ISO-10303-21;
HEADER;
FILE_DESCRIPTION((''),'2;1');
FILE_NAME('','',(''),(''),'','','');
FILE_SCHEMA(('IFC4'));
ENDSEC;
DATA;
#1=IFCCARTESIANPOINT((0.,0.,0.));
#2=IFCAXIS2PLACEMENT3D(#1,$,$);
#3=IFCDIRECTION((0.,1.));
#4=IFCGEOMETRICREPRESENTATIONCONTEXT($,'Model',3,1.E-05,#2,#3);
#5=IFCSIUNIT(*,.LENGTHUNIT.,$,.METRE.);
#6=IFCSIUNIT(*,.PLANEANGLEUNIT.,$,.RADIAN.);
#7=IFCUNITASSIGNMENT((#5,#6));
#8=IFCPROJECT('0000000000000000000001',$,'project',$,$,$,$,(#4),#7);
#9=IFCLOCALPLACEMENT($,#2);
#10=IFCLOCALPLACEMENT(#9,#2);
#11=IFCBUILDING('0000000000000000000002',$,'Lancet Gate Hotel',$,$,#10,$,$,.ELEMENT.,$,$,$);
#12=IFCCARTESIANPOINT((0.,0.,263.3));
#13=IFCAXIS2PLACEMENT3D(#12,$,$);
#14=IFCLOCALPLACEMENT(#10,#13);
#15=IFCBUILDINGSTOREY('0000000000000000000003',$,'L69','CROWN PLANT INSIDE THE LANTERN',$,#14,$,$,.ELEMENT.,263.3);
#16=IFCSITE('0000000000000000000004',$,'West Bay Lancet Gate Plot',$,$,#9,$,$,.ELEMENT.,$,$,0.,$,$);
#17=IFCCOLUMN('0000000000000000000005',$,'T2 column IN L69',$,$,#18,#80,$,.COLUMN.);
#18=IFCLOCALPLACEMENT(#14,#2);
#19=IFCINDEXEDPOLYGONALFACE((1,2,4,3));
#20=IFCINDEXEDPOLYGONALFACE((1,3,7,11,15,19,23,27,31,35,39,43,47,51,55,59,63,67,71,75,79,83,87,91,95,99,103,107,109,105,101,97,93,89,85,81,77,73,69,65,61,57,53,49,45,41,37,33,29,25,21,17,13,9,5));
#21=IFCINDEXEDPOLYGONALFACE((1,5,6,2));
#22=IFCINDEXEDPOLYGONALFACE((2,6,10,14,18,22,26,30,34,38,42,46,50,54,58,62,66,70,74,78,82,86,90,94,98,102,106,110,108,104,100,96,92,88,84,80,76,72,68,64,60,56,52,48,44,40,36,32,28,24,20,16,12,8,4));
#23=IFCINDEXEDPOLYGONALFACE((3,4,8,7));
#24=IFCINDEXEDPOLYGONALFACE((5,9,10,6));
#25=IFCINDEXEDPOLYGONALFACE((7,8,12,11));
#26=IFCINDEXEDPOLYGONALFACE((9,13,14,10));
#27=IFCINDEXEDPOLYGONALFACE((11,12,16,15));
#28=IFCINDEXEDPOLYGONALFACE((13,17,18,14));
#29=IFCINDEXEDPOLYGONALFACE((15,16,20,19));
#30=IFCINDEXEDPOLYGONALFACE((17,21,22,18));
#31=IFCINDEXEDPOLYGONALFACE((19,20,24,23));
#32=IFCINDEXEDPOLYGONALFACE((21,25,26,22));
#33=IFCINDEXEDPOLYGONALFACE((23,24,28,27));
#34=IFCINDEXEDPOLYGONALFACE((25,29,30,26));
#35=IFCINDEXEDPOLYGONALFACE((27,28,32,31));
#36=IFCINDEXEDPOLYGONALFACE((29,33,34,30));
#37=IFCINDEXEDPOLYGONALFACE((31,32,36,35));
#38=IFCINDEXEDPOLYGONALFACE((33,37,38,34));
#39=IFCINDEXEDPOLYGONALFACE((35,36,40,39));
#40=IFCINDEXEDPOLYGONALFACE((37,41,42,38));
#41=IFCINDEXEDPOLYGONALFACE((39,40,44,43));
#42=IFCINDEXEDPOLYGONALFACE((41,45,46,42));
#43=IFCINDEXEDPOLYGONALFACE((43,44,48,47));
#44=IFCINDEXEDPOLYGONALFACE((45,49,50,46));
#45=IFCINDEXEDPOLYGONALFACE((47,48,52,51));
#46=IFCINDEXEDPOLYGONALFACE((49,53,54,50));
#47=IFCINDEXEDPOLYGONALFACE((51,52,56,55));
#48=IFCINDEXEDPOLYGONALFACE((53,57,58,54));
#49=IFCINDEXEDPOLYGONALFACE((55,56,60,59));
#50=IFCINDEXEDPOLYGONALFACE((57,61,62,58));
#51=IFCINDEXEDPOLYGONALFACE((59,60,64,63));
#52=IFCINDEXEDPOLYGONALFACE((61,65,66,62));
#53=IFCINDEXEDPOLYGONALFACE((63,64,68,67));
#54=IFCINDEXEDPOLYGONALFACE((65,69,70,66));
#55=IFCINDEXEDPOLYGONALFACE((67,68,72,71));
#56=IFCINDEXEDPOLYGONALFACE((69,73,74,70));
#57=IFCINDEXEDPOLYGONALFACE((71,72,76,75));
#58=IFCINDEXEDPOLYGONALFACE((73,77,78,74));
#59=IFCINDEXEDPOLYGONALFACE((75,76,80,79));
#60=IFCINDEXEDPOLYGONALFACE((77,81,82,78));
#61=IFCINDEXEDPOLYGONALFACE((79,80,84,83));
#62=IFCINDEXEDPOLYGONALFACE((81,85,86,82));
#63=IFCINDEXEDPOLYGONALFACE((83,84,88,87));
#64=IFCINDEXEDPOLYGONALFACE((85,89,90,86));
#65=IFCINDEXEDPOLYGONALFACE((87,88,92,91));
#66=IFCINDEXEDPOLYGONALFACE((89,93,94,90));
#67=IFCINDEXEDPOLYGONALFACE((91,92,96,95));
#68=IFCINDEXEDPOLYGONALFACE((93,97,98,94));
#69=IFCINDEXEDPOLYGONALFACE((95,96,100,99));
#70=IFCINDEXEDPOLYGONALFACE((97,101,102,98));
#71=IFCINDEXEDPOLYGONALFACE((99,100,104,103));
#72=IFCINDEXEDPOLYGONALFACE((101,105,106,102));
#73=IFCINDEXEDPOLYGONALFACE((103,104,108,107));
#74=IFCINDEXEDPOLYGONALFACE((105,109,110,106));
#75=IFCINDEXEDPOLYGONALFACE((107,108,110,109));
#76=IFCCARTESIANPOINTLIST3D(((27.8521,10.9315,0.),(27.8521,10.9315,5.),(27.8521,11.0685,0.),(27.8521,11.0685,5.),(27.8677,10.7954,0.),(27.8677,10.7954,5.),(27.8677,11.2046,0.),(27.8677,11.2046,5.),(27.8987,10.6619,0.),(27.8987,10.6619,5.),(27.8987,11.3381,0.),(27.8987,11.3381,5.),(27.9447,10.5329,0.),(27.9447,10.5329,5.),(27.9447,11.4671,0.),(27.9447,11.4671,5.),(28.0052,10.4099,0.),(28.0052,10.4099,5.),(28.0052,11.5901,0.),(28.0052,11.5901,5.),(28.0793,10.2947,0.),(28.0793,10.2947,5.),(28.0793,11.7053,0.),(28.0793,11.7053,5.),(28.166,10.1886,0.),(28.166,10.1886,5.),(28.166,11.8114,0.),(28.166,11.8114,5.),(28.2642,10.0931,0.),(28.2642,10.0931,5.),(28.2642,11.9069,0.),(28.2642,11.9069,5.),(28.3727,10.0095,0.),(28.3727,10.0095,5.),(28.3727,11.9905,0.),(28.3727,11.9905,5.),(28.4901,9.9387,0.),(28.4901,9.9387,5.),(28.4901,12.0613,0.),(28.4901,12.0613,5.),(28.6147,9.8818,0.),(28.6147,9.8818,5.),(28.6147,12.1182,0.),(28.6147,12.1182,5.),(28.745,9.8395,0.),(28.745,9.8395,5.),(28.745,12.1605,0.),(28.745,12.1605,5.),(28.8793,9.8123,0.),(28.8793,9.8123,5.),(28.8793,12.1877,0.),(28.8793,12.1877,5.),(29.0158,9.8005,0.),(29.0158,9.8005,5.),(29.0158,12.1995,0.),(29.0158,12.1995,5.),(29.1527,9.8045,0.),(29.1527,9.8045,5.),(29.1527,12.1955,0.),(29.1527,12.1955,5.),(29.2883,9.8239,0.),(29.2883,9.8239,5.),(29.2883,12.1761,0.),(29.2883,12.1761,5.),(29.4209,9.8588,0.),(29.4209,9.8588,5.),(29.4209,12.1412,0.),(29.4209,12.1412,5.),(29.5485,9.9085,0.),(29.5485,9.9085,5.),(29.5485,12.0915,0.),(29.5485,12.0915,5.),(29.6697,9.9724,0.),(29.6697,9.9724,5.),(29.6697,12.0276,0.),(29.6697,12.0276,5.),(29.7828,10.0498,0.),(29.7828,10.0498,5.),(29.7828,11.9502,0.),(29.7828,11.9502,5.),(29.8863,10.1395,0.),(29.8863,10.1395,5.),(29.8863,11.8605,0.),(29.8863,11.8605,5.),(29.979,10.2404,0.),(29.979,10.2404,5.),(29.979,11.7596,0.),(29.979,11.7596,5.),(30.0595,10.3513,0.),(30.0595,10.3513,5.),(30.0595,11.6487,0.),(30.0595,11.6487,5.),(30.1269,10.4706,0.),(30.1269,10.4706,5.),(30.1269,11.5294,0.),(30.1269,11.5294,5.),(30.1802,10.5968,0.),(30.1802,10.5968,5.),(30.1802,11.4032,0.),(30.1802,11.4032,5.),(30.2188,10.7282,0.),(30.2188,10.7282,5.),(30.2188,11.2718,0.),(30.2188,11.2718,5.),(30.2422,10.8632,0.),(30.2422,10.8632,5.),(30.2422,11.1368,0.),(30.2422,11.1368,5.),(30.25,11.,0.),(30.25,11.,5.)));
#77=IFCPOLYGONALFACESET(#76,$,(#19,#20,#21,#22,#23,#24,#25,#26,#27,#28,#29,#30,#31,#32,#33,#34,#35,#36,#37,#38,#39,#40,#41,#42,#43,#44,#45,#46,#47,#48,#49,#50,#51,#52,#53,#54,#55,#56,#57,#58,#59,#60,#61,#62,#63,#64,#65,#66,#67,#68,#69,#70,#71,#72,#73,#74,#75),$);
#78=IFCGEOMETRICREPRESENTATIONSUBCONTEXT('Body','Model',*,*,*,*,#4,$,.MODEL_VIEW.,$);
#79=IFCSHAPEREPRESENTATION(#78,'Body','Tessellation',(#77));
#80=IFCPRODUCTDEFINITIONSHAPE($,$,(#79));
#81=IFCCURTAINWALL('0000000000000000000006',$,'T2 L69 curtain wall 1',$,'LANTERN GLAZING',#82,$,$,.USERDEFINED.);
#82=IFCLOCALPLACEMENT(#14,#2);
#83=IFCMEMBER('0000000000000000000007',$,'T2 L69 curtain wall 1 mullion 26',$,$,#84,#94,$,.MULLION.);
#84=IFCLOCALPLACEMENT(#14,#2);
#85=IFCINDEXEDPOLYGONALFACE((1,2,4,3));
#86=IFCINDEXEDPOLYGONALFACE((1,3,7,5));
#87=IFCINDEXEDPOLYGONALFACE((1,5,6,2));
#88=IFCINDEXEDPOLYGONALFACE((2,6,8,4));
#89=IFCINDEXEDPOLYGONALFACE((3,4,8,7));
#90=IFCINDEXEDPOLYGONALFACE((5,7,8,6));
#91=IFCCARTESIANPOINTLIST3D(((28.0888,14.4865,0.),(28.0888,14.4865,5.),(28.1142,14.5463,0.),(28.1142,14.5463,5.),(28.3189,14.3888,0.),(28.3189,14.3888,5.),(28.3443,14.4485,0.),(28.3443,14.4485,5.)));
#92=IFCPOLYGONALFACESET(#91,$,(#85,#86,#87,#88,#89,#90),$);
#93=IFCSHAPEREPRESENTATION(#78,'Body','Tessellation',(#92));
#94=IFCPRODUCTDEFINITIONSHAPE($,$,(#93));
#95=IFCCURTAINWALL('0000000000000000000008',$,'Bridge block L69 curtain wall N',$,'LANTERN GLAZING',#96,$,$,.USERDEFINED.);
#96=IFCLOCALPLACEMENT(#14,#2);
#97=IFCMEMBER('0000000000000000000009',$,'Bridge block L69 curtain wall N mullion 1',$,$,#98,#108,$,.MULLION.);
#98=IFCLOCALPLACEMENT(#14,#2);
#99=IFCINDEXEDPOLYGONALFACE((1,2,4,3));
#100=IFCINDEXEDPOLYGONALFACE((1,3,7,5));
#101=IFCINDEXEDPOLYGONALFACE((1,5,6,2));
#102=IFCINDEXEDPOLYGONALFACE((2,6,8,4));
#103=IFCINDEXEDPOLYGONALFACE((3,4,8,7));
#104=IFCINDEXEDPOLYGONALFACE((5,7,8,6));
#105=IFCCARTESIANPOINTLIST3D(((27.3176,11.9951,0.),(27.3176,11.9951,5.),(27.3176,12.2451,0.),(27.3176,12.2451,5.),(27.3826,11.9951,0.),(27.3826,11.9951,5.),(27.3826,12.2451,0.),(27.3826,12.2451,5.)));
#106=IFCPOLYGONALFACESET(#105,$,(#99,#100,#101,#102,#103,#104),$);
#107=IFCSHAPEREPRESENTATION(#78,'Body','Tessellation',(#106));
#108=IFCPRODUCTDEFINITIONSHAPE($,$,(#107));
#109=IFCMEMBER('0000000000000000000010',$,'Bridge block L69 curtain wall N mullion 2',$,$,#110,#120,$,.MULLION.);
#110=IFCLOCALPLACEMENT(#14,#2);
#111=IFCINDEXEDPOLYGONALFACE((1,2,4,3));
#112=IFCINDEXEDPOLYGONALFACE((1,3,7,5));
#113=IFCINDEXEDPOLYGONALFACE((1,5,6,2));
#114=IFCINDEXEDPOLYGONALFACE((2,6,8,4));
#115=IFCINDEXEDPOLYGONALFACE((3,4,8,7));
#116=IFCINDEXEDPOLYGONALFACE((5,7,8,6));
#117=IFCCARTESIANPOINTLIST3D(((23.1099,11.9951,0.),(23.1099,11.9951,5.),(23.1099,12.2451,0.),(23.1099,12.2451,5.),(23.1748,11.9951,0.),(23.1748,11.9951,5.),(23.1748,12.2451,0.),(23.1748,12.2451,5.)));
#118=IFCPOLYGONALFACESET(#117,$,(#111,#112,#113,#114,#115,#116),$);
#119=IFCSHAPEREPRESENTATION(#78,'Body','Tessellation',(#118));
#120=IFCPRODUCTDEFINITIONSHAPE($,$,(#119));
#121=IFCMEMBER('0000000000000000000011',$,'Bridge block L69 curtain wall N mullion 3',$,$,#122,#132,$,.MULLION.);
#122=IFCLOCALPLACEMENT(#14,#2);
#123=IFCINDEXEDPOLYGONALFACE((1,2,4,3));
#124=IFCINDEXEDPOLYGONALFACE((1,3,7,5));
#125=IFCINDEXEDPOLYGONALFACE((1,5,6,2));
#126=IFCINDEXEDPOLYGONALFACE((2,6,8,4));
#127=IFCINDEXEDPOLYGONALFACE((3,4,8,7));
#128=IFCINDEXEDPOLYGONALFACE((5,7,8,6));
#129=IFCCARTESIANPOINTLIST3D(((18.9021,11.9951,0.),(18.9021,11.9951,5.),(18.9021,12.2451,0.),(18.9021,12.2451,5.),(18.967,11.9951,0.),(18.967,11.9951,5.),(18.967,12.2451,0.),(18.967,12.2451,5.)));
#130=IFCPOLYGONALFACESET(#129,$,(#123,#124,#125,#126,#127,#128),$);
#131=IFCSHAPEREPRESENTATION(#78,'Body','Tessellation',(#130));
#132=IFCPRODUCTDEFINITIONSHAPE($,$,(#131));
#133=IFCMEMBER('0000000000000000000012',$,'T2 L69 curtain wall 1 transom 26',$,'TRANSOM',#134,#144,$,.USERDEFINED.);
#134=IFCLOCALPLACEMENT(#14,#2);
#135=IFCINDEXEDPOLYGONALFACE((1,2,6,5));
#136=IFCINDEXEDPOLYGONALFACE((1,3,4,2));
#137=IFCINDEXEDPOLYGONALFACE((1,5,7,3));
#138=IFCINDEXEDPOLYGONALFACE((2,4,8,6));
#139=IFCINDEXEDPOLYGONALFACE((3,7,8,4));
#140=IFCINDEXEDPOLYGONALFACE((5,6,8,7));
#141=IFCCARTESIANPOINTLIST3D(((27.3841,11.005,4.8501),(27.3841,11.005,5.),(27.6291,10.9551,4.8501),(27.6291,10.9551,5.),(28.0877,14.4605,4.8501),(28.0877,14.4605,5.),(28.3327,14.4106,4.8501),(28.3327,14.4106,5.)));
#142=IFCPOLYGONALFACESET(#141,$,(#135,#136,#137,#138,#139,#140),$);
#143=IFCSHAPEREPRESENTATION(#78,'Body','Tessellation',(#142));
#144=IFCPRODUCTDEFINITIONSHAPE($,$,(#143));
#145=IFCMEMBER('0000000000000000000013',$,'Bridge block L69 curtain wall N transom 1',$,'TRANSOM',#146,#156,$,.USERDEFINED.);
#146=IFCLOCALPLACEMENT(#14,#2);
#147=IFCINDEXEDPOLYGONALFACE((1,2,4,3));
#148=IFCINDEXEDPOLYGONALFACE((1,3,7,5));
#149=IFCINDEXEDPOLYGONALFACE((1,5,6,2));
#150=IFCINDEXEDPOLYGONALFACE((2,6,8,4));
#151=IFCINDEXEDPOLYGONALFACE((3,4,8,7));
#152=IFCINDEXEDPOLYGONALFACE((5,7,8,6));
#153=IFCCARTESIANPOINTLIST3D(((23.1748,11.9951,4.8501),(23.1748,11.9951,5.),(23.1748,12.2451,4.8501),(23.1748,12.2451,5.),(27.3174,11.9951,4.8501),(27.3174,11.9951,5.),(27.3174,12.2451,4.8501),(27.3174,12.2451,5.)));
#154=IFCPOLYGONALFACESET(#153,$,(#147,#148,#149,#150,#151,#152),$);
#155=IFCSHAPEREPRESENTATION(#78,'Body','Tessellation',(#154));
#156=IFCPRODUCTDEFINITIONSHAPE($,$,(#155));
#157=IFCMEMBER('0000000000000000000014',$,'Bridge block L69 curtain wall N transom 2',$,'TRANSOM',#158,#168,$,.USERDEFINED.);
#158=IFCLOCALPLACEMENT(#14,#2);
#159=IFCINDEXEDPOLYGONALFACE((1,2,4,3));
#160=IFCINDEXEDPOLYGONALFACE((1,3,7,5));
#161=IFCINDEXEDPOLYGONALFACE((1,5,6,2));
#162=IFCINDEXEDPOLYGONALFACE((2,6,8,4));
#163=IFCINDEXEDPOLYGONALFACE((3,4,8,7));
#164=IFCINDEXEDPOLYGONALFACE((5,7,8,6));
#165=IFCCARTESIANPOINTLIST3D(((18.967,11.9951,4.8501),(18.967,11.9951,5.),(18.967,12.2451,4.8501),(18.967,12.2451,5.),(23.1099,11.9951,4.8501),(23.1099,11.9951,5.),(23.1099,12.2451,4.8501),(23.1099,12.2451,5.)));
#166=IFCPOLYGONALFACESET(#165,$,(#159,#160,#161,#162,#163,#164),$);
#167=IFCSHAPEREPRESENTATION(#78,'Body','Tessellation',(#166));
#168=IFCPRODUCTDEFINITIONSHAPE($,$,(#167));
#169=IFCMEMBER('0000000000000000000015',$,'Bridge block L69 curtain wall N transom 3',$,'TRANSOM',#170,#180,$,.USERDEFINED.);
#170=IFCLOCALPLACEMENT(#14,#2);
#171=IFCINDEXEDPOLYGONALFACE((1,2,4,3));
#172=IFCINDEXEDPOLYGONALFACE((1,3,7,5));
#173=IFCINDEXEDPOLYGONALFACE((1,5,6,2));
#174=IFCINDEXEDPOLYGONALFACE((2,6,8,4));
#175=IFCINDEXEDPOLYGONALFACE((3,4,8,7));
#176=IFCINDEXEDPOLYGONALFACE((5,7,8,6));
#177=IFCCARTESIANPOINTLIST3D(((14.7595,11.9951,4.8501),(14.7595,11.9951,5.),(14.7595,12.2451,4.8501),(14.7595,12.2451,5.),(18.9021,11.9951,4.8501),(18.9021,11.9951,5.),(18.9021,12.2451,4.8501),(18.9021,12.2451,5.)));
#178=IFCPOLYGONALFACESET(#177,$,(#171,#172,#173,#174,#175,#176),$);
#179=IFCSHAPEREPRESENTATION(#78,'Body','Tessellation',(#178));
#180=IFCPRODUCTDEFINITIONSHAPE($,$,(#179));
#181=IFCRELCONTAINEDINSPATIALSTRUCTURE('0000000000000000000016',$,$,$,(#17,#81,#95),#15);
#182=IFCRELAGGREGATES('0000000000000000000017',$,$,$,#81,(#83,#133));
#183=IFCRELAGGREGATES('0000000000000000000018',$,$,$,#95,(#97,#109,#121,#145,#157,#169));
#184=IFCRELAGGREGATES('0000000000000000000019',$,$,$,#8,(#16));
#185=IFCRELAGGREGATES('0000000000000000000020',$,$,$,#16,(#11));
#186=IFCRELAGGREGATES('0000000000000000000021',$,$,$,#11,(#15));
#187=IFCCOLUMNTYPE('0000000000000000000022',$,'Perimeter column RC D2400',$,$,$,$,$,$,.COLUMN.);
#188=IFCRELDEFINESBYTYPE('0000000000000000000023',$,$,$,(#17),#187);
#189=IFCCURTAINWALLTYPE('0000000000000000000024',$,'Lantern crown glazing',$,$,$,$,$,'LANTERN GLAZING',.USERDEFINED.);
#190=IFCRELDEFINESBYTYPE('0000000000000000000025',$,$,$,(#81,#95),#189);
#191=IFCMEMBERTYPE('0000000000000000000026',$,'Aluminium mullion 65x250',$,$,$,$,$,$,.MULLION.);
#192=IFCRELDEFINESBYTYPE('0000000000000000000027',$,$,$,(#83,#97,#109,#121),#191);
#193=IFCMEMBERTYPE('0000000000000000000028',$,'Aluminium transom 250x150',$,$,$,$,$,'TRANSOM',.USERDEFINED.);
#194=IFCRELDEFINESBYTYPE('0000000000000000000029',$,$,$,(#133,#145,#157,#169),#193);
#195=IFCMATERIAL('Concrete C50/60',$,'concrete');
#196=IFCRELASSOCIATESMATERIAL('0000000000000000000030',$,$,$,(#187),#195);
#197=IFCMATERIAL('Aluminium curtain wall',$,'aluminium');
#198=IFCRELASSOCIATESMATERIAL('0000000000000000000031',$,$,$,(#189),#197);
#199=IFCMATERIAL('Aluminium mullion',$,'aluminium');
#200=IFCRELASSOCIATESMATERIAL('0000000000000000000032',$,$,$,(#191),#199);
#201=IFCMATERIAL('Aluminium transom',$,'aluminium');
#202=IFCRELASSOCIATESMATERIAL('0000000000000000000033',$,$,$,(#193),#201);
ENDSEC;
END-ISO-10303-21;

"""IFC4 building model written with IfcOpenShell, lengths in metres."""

from ifc_helpers import new_model, si_unit, direction, frame, origin, origin_2d, place, context, subcontext, project, spatial, rectangle, circle, extrude, material, material_profile, profile_set, type_object, element, aggregate, save


model = new_model("IFC4")

# Units and contexts
model_context = context("Model", 3, precision=1e-05, world=origin(), true_north=direction((0.0, 1.0)))
body_context = subcontext(model_context, "Body", "Model", "MODEL_VIEW")
ifc_project = project(units=[si_unit("LENGTHUNIT", "METRE"), si_unit("PLANEANGLEUNIT", "RADIAN")], contexts=[model_context])

# Site, building, storey
site_placement = place(None, origin())
site = spatial("IfcSite", under=ifc_project, at=site_placement, Name="West Bay Lancet Gate Plot", CompositionType="ELEMENT", RefElevation=0.0)
building_placement = place(site_placement, origin())
building = spatial("IfcBuilding", under=site, at=building_placement, Name="Lancet Gate Hotel", CompositionType="ELEMENT")
storey_placement = place(building_placement, frame((0.0, 0.0, 263.3)))
storey = spatial("IfcBuildingStorey", under=building, at=storey_placement, Name="L69", Description="CROWN PLANT INSIDE THE LANTERN", CompositionType="ELEMENT", Elevation=263.3)

# Column
ifc_material_1 = material(Name="Concrete C50/60", Category="concrete")
ifc_material_profile_1 = material_profile(ifc_material_1, circle(Radius=1.2, at=origin_2d()), Name="RC D2400")
ifc_profile_set_1 = profile_set([ifc_material_profile_1], Name="Concrete C50/60")
column_type = type_object("IfcColumnType", Name="Perimeter column RC D2400", PredefinedType="COLUMN", material=ifc_profile_set_1)
column_placement = place(storey_placement, frame((29.05, 11.0, 0.0), z_axis=(0.0, 0.0, 1.0), x_axis=(1.0, 0.0, 0.0)))
element("IfcColumn", 1, at=column_placement, inside=storey, type_object=column_type, Name="T2 column IN L69", PredefinedType="COLUMN", context=body_context, shape_type="SweptSolid", body=[
    extrude(circle(Radius=1.2, at=origin_2d()), origin(), (0.0, 0.0, 1.0), 5.0),
])

# Curtain wall, member
ifc_material_2 = material(Name="Aluminium curtain wall", Category="aluminium")
curtain_wall_type = type_object("IfcCurtainWallType", Name="Lantern crown glazing", ElementType="LANTERN GLAZING", PredefinedType="USERDEFINED", material=ifc_material_2)
curtain_wall_1_placement = place(storey_placement, origin())
curtain_wall_1 = element("IfcCurtainWall", 2, at=curtain_wall_1_placement, inside=storey, type_object=curtain_wall_type, Name="T2 L69 curtain wall 1", ObjectType="LANTERN GLAZING", PredefinedType="USERDEFINED")
ifc_material_3 = material(Name="Aluminium mullion", Category="aluminium")
ifc_material_profile_2 = material_profile(ifc_material_3, rectangle(XDim=0.0649, YDim=0.25, at=origin_2d()), Name="MULLION 65x250")
ifc_profile_set_2 = profile_set([ifc_material_profile_2], Name="Aluminium mullion")
member_type_1 = type_object("IfcMemberType", Name="Aluminium mullion 65x250", PredefinedType="MULLION", material=ifc_profile_set_2)
member_1_placement = place(storey_placement, frame((28.2166, 14.4675, 0.0), z_axis=(0.0, 0.0, 1.0), x_axis=(-0.391042, -0.920373, 0.0)))
member_1 = element("IfcMember", 3, at=member_1_placement, type_object=member_type_1, Name="T2 L69 curtain wall 1 mullion 26", PredefinedType="MULLION", context=body_context, shape_type="SweptSolid", body=[
    extrude(rectangle(XDim=0.0649, YDim=0.25, at=origin_2d()), origin(), (0.0, 0.0, 1.0), 5.0),
])

# Curtain wall, members
curtain_wall_2_placement = place(storey_placement, origin())
curtain_wall_2 = element("IfcCurtainWall", 4, at=curtain_wall_2_placement, inside=storey, type_object=curtain_wall_type, Name="Bridge block L69 curtain wall N", ObjectType="LANTERN GLAZING", PredefinedType="USERDEFINED")
member_2_placement = place(storey_placement, frame((27.3501, 12.1201, 0.0), z_axis=(0.0, 0.0, 1.0), x_axis=(-1.0, 0.0, 0.0)))
member_2 = element("IfcMember", 5, at=member_2_placement, type_object=member_type_1, Name="Bridge block L69 curtain wall N mullion 1", PredefinedType="MULLION", context=body_context, shape_type="SweptSolid", body=[
    extrude(rectangle(XDim=0.0649, YDim=0.25, at=origin_2d()), origin(), (0.0, 0.0, 1.0), 5.0),
])
member_3_placement = place(storey_placement, frame((23.1423, 12.1201, 0.0), z_axis=(0.0, 0.0, 1.0), x_axis=(-1.0, 0.0, 0.0)))
member_3 = element("IfcMember", 6, at=member_3_placement, type_object=member_type_1, Name="Bridge block L69 curtain wall N mullion 2", PredefinedType="MULLION", context=body_context, shape_type="SweptSolid", body=[
    extrude(rectangle(XDim=0.0649, YDim=0.25, at=origin_2d()), origin(), (0.0, 0.0, 1.0), 5.0),
])
member_4_placement = place(storey_placement, frame((18.9346, 12.1201, 0.0), z_axis=(0.0, 0.0, 1.0), x_axis=(-1.0, 0.0, 0.0)))
member_4 = element("IfcMember", 7, at=member_4_placement, type_object=member_type_1, Name="Bridge block L69 curtain wall N mullion 3", PredefinedType="MULLION", context=body_context, shape_type="SweptSolid", body=[
    extrude(rectangle(XDim=0.0649, YDim=0.25, at=origin_2d()), origin(), (0.0, 0.0, 1.0), 5.0),
])

# Members
ifc_material_4 = material(Name="Aluminium transom", Category="aluminium")
ifc_material_profile_3 = material_profile(ifc_material_4, rectangle(XDim=0.25, YDim=0.1499, at=origin_2d()), Name="TRANSOM 250x150")
ifc_profile_set_3 = profile_set([ifc_material_profile_3], Name="Aluminium transom")
member_type_2 = type_object("IfcMemberType", Name="Aluminium transom 250x150", ElementType="TRANSOM", PredefinedType="USERDEFINED", material=ifc_profile_set_3)
member_5_placement = place(storey_placement, frame((28.2102, 14.4355, 4.925), z_axis=(-0.199523, -0.979893, 0.0), x_axis=(0.979893, -0.199523, 0.0)))
member_5 = element("IfcMember", 8, at=member_5_placement, type_object=member_type_2, Name="T2 L69 curtain wall 1 transom 26", ObjectType="TRANSOM", PredefinedType="USERDEFINED", context=body_context, shape_type="SweptSolid", body=[
    extrude(rectangle(XDim=0.25, YDim=0.1499, at=origin_2d()), origin(), (0.0, 0.0, 1.0), 3.5264),
])
member_6_placement = place(storey_placement, frame((27.3174, 12.1201, 4.925), z_axis=(-1.0, 0.0, 0.0), x_axis=(0.0, -1.0, 0.0)))
member_6 = element("IfcMember", 9, at=member_6_placement, type_object=member_type_2, Name="Bridge block L69 curtain wall N transom 1", ObjectType="TRANSOM", PredefinedType="USERDEFINED", context=body_context, shape_type="SweptSolid", body=[
    extrude(rectangle(XDim=0.25, YDim=0.1499, at=origin_2d()), origin(), (0.0, 0.0, 1.0), 4.1426),
])
member_7_placement = place(storey_placement, frame((23.1099, 12.1201, 4.925), z_axis=(-1.0, 0.0, 0.0), x_axis=(0.0, -1.0, 0.0)))
member_7 = element("IfcMember", 10, at=member_7_placement, type_object=member_type_2, Name="Bridge block L69 curtain wall N transom 2", ObjectType="TRANSOM", PredefinedType="USERDEFINED", context=body_context, shape_type="SweptSolid", body=[
    extrude(rectangle(XDim=0.25, YDim=0.1499, at=origin_2d()), origin(), (0.0, 0.0, 1.0), 4.1428),
])
member_8_placement = place(storey_placement, frame((18.9021, 12.1201, 4.925), z_axis=(-1.0, 0.0, 0.0), x_axis=(0.0, -1.0, 0.0)))
member_8 = element("IfcMember", 11, at=member_8_placement, type_object=member_type_2, Name="Bridge block L69 curtain wall N transom 3", ObjectType="TRANSOM", PredefinedType="USERDEFINED", context=body_context, shape_type="SweptSolid", body=[
    extrude(rectangle(XDim=0.25, YDim=0.1499, at=origin_2d()), origin(), (0.0, 0.0, 1.0), 4.1426),
])

aggregate(curtain_wall_1, [member_1, member_5])
aggregate(curtain_wall_2, [member_2, member_3, member_4, member_6, member_7, member_8])

save(model, "model.ifc")
